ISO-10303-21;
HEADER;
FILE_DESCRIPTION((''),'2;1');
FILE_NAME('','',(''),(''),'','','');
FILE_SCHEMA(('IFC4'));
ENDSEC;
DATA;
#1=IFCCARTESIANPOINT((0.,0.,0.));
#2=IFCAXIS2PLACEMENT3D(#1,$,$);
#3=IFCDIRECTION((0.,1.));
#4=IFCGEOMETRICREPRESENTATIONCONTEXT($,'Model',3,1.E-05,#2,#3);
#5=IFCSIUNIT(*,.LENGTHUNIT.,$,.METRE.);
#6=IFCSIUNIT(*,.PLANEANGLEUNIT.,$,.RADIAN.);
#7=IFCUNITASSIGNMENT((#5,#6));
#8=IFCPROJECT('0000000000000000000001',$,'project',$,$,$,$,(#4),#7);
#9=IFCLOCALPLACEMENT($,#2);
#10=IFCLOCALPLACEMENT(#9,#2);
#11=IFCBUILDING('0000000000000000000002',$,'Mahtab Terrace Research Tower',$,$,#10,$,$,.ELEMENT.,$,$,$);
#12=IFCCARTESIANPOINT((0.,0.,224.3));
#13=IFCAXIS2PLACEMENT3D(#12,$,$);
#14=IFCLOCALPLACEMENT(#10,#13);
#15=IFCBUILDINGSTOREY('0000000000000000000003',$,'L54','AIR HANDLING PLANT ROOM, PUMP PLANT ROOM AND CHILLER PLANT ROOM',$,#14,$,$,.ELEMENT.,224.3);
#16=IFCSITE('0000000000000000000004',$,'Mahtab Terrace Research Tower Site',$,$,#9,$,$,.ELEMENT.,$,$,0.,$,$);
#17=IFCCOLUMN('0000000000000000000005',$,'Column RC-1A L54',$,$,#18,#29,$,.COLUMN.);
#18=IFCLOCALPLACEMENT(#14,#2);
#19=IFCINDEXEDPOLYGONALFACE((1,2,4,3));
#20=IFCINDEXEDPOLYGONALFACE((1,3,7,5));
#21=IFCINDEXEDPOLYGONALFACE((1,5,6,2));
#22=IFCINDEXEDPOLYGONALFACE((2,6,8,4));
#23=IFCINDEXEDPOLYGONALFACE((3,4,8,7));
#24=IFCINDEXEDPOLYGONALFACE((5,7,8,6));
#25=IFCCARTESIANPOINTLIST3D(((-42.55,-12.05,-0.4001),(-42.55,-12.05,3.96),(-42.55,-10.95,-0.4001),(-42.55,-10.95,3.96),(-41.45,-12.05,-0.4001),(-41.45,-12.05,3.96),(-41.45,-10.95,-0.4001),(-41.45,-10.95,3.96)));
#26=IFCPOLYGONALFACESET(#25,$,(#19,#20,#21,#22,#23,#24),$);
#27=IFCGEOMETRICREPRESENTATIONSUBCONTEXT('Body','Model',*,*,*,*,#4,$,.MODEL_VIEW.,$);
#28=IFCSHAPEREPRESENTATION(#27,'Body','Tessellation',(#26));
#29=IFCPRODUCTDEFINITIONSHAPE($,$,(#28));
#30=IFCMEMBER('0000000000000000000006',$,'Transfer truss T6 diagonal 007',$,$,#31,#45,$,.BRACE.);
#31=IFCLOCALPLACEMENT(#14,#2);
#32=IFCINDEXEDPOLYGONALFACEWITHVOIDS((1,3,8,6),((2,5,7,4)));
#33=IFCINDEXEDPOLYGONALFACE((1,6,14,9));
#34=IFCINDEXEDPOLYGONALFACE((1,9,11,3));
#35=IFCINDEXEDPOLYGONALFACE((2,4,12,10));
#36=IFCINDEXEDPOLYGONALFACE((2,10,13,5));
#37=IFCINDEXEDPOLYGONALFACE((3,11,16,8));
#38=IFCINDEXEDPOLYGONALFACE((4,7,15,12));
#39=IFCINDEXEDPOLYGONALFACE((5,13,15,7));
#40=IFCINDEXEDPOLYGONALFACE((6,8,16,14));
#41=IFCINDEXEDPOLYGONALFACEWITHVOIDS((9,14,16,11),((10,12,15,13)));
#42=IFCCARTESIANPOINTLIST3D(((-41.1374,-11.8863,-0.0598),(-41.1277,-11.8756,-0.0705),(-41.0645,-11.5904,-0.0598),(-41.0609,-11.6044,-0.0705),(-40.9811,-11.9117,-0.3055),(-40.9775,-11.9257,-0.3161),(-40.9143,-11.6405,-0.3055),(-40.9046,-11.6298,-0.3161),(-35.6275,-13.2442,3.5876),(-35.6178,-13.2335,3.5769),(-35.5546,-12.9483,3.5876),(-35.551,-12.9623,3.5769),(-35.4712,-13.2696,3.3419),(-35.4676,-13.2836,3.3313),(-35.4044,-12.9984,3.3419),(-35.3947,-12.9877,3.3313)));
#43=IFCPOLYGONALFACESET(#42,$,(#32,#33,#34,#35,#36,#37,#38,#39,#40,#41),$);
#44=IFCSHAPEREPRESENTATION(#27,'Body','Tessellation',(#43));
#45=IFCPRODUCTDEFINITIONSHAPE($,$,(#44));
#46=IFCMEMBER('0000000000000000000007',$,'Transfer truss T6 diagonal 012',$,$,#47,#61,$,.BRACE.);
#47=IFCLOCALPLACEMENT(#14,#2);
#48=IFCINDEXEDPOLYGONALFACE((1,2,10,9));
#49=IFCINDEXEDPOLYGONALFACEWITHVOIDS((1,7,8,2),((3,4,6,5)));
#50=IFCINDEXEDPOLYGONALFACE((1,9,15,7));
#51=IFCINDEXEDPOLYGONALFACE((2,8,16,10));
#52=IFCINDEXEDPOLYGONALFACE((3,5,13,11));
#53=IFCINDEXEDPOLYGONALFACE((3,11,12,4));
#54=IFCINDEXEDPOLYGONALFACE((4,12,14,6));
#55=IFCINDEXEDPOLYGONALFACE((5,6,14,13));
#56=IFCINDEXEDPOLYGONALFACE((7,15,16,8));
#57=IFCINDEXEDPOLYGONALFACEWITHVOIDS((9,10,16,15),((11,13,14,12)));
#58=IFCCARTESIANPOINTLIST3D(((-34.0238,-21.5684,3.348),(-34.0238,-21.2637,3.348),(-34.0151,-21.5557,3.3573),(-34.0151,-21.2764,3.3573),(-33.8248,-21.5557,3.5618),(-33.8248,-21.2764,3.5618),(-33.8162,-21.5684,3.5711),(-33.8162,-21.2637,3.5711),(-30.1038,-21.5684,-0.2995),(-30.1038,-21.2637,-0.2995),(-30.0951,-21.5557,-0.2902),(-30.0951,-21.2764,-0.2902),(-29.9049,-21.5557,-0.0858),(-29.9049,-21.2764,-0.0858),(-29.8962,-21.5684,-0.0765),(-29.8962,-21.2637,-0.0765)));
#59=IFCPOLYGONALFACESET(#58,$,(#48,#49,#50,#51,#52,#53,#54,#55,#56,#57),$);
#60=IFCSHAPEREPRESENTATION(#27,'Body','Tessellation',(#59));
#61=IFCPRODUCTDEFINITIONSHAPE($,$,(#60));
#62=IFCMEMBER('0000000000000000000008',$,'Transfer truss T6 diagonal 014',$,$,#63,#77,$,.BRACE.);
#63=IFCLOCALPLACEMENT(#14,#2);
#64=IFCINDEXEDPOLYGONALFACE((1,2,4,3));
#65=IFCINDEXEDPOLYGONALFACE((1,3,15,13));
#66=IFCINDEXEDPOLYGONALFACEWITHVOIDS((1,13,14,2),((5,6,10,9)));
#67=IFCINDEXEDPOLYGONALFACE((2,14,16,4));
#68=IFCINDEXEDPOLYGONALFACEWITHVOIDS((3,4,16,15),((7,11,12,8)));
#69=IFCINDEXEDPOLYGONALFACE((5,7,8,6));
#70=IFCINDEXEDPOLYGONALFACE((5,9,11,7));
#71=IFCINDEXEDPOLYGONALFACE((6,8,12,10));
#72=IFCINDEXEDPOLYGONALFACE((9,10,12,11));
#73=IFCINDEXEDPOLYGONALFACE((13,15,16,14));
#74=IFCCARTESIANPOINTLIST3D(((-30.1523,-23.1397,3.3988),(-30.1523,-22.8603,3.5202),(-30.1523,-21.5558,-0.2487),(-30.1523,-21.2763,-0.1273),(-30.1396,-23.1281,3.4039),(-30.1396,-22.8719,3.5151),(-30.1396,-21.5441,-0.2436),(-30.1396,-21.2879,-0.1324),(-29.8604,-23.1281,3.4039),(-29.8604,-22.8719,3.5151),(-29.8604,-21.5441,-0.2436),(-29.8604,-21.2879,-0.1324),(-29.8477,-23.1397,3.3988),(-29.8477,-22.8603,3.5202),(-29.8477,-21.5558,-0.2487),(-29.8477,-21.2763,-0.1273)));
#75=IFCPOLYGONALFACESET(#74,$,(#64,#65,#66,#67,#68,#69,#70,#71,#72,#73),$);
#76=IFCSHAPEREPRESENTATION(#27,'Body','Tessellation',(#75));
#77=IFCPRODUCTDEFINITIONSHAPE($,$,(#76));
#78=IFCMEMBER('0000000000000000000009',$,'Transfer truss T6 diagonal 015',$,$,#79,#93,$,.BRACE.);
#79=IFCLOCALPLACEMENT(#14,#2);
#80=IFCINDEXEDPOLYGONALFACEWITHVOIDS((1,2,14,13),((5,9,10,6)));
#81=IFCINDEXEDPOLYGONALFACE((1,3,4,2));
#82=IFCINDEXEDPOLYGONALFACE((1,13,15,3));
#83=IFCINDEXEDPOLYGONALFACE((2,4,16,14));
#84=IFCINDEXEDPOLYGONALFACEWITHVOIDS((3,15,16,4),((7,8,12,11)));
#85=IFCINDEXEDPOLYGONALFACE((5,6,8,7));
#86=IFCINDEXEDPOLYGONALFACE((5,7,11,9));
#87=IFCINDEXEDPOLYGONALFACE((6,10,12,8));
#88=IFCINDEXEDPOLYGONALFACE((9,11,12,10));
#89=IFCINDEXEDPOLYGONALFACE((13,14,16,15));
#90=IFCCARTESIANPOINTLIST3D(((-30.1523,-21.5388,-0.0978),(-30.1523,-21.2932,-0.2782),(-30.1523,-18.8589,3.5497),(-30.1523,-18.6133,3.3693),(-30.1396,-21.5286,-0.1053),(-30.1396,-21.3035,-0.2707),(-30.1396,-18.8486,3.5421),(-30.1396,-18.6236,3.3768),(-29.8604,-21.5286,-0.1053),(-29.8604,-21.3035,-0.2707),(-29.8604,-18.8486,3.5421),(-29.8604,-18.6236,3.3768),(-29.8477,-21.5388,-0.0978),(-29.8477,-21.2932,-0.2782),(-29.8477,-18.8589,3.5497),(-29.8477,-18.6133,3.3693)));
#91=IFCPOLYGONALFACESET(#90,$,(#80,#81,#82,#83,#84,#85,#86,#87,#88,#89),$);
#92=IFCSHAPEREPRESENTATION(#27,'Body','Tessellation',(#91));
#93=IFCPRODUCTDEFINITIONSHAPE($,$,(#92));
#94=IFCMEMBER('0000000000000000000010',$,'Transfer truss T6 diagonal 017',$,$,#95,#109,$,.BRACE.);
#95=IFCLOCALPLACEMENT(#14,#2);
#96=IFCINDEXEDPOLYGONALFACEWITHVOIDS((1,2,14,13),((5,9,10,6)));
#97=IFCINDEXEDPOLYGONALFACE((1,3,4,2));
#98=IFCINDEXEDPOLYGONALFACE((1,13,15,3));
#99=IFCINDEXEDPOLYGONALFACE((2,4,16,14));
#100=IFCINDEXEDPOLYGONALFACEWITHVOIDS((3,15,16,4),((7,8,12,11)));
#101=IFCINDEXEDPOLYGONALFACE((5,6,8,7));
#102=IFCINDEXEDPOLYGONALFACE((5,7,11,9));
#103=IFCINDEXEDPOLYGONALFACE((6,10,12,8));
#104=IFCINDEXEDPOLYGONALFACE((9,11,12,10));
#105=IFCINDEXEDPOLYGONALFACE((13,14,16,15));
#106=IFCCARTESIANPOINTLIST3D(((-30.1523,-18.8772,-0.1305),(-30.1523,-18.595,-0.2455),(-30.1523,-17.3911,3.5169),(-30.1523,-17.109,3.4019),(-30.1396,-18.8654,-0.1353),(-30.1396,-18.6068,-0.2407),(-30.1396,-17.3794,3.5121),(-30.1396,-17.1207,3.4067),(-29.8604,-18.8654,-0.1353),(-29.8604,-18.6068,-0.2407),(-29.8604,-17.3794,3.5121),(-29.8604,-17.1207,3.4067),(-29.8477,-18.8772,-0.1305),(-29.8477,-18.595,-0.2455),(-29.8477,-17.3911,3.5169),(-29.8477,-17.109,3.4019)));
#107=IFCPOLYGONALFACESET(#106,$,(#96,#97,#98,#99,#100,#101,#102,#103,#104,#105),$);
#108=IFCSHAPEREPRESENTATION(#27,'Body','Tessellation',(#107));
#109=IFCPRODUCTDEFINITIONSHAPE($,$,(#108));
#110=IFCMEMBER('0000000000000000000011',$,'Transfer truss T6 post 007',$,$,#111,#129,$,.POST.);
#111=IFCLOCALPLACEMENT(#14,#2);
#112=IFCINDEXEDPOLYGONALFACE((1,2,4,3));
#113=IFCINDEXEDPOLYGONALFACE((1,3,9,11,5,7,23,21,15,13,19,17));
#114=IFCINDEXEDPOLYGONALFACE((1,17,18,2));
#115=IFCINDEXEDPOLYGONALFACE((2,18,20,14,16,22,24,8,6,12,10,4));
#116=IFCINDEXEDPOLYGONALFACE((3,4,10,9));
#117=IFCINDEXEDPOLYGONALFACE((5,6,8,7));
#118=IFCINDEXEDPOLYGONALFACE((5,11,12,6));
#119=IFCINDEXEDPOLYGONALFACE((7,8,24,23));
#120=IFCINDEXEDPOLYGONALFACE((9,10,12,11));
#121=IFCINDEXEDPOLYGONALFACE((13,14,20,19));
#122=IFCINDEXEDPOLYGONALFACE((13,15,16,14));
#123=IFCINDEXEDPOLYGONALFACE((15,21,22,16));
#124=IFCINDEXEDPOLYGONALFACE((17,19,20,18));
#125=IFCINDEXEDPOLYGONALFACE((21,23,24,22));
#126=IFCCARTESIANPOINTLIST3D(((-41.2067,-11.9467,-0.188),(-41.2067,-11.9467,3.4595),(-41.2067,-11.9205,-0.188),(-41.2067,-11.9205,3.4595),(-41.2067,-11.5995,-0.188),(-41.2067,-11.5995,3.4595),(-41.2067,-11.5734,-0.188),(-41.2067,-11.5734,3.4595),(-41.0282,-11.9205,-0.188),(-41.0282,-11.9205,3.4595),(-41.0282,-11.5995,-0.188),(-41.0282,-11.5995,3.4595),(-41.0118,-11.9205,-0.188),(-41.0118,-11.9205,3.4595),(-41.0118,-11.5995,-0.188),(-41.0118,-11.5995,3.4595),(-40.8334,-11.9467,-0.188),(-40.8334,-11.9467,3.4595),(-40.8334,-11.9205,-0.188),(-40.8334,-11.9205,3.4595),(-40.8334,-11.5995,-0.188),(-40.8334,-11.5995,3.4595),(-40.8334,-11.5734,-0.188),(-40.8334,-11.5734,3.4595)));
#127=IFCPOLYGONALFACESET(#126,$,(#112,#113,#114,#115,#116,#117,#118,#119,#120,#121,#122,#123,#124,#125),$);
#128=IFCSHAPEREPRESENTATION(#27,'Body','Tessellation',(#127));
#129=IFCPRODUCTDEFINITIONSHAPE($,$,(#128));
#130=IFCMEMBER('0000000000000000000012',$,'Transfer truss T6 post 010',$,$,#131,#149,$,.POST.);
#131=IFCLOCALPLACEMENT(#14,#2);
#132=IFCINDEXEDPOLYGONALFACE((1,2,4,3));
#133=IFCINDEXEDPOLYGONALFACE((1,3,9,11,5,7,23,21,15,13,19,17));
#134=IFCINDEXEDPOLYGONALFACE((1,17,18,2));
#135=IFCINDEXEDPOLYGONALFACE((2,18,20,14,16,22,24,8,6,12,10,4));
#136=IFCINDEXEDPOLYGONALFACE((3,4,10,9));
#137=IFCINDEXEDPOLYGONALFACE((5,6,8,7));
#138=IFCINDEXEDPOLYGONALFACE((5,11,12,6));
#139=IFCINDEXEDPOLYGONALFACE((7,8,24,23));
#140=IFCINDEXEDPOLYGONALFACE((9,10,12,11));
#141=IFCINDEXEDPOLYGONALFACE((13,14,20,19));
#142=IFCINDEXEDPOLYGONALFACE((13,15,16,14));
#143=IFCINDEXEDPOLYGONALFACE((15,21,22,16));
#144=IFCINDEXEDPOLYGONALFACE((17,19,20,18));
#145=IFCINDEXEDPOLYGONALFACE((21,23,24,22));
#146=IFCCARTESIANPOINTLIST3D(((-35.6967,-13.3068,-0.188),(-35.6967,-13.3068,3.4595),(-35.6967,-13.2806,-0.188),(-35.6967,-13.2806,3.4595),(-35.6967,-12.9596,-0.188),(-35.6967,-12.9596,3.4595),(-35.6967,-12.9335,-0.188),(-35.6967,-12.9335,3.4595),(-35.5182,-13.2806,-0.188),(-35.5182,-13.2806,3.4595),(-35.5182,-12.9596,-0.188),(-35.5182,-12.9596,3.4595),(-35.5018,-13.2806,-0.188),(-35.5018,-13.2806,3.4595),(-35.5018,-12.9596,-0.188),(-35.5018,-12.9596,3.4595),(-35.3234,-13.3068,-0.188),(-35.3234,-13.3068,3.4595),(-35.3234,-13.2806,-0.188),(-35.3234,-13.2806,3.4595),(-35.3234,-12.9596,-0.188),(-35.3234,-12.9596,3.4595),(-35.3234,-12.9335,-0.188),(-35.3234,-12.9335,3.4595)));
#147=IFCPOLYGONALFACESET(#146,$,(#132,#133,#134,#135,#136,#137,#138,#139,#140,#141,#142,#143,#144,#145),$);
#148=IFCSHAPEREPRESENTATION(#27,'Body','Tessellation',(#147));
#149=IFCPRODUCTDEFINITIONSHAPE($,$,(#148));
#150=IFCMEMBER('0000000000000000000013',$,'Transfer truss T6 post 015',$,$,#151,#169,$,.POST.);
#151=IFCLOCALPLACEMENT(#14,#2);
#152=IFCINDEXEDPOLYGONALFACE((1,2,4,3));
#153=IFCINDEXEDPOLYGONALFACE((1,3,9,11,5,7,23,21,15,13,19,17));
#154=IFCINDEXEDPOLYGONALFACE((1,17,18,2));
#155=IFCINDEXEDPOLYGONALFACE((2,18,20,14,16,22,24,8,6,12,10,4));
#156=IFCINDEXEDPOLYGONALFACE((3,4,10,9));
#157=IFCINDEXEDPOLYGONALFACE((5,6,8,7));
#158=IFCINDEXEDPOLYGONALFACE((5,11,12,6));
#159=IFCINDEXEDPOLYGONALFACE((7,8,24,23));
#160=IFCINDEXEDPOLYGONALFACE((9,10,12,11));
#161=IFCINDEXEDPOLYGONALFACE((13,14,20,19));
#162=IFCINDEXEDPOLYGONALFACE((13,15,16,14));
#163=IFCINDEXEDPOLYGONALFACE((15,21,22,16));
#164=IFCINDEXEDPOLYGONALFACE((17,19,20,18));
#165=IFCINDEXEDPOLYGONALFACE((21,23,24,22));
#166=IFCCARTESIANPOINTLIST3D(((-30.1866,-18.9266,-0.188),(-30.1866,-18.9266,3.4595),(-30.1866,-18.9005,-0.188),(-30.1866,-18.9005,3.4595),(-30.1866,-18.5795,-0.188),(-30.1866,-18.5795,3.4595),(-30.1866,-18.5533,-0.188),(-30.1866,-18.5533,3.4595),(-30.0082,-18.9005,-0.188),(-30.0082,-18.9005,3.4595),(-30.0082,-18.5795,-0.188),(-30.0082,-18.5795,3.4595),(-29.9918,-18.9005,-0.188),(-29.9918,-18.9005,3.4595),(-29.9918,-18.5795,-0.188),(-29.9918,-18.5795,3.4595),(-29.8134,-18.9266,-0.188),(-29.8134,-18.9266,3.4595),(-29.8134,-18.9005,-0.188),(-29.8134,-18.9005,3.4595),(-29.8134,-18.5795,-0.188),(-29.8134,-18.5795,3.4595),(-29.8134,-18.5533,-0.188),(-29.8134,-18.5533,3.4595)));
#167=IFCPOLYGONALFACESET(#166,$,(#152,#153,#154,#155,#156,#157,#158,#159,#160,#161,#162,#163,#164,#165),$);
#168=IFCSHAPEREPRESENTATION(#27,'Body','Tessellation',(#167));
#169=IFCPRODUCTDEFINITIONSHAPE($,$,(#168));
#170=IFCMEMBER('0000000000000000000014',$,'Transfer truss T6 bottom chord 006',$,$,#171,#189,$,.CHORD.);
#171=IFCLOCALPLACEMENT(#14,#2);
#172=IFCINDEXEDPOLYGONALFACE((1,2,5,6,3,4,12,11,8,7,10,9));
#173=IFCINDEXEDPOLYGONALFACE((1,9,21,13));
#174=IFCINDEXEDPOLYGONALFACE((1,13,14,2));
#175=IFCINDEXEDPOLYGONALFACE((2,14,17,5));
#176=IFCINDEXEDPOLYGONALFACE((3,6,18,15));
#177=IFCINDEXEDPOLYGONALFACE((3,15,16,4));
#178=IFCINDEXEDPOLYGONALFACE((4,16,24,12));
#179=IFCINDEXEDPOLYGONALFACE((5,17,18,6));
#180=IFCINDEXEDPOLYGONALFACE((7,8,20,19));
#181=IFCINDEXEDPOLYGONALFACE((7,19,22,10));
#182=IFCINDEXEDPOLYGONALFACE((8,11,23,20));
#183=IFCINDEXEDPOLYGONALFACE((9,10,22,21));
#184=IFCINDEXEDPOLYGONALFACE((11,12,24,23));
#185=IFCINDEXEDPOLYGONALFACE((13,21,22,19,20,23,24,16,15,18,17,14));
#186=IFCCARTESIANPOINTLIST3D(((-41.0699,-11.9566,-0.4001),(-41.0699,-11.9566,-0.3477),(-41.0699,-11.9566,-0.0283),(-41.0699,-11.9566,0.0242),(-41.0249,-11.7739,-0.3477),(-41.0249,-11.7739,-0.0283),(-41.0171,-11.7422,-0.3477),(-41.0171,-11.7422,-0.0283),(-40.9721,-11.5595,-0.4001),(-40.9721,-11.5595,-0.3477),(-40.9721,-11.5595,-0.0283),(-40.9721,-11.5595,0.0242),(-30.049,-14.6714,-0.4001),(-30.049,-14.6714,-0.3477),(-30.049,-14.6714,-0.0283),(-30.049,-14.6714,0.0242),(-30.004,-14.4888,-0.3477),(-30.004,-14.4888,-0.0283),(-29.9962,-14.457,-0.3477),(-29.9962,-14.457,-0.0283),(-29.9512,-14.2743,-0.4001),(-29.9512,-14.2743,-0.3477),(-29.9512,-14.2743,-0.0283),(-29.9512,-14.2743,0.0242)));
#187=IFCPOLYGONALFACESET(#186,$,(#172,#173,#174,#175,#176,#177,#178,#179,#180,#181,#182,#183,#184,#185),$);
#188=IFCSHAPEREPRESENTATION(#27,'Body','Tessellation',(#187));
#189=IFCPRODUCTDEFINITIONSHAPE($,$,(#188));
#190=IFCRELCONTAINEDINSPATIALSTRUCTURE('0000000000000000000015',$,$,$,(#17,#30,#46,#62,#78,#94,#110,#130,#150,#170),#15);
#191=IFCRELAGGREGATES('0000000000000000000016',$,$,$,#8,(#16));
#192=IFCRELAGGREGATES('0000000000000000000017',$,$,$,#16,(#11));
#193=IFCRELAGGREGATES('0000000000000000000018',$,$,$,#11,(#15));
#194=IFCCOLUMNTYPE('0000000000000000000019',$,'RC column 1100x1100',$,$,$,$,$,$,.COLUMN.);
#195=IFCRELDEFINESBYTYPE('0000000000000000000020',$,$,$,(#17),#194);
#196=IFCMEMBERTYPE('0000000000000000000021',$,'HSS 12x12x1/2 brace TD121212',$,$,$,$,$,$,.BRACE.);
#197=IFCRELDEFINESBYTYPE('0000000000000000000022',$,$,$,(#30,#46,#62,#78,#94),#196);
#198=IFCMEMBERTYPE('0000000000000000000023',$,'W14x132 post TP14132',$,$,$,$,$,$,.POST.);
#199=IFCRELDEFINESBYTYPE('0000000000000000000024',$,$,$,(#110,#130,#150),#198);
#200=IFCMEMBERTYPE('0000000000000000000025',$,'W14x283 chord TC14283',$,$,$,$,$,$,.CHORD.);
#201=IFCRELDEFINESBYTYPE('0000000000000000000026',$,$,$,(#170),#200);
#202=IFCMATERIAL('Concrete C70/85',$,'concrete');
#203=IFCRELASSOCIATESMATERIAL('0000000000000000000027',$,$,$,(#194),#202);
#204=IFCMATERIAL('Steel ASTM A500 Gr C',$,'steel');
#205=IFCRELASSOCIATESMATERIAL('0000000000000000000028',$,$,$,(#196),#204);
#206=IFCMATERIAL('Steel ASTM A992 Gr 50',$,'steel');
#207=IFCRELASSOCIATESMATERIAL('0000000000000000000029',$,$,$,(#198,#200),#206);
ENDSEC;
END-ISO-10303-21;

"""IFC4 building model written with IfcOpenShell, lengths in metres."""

from ifc_helpers import new_model, si_unit, direction, frame, origin, origin_2d, place, context, subcontext, project, spatial, rectangle, hollow_rectangle, i_section, extrude, material, material_profile, profile_set, type_object, element, save


model = new_model("IFC4")

# Units and contexts
model_context = context("Model", 3, precision=1e-05, world=origin(), true_north=direction((0.0, 1.0)))
body_context = subcontext(model_context, "Body", "Model", "MODEL_VIEW")
ifc_project = project(units=[si_unit("LENGTHUNIT", "METRE"), si_unit("PLANEANGLEUNIT", "RADIAN")], contexts=[model_context])

# Site, building, storey
site_placement = place(None, origin())
site = spatial("IfcSite", under=ifc_project, at=site_placement, Name="Mahtab Terrace Research Tower Site", CompositionType="ELEMENT", RefElevation=0.0)
building_placement = place(site_placement, origin())
building = spatial("IfcBuilding", under=site, at=building_placement, Name="Mahtab Terrace Research Tower", CompositionType="ELEMENT")
storey_placement = place(building_placement, frame((0.0, 0.0, 224.3)))
storey = spatial("IfcBuildingStorey", under=building, at=storey_placement, Name="L54", Description="AIR HANDLING PLANT ROOM, PUMP PLANT ROOM AND CHILLER PLANT ROOM", CompositionType="ELEMENT", Elevation=224.3)

# Column
ifc_material_1 = material(Name="Concrete C70/85", Category="concrete")
ifc_material_profile_1 = material_profile(ifc_material_1, rectangle(XDim=1.1001, YDim=1.1001, at=origin_2d()), Name="RC column 1100x1100")
ifc_profile_set_1 = profile_set([ifc_material_profile_1], Name="Concrete C70/85")
column_type = type_object("IfcColumnType", Name="RC column 1100x1100", PredefinedType="COLUMN", material=ifc_profile_set_1)
column_placement = place(storey_placement, frame((-42.0, -11.5, -0.4001), z_axis=(0.0, 0.0, 1.0), x_axis=(1.0, 0.0, 0.0)))
element("IfcColumn", 1, at=column_placement, inside=storey, type_object=column_type, Name="Column RC-1A L54", PredefinedType="COLUMN", context=body_context, shape_type="SweptSolid", body=[
    extrude(rectangle(XDim=1.1001, YDim=1.1001, at=origin_2d()), origin(), (0.0, 0.0, 1.0), 4.3601),
])

# Members
ifc_material_2 = material(Name="Steel ASTM A500 Gr C", Category="steel")
ifc_material_profile_2 = material_profile(ifc_material_2, hollow_rectangle(XDim=0.3047, YDim=0.3047, WallThickness=0.0127, at=origin_2d()), Name="HSS12X12X1/2")
ifc_profile_set_2 = profile_set([ifc_material_profile_2], Name="Steel ASTM A500 Gr C")
member_type_1 = type_object("IfcMemberType", Name="HSS 12x12x1/2 brace TD121212", PredefinedType="BRACE", material=ifc_profile_set_2)
member_1_placement = place(storey_placement, frame((-41.021, -11.7581, -0.188), z_axis=(0.816786, -0.201292, 0.540687), x_axis=(0.239285, 0.970949, 0.0)))
element("IfcMember", 2, at=member_1_placement, inside=storey, type_object=member_type_1, Name="Transfer truss T6 diagonal 007", PredefinedType="BRACE", context=body_context, shape_type="SweptSolid", body=[
    extrude(hollow_rectangle(XDim=0.3047, YDim=0.3047, WallThickness=0.0127, at=origin_2d()), origin(), (0.0, 0.0, 1.0), 6.7458),
])
member_2_placement = place(storey_placement, frame((-30.0, -21.416, -0.188), z_axis=(-0.732092, 0.0, 0.681206), x_axis=(0.0, -1.0, 0.0)))
element("IfcMember", 3, at=member_2_placement, inside=storey, type_object=member_type_1, Name="Transfer truss T6 diagonal 012", PredefinedType="BRACE", context=body_context, shape_type="SweptSolid", body=[
    extrude(hollow_rectangle(XDim=0.3047, YDim=0.3047, WallThickness=0.0127, at=origin_2d()), origin(), (0.0, 0.0, 1.0), 5.3545),
])
member_3_placement = place(storey_placement, frame((-30.0, -21.416, -0.188), z_axis=(0.0, -0.398331, 0.917242), x_axis=(1.0, 0.0, 0.0)))
element("IfcMember", 4, at=member_3_placement, inside=storey, type_object=member_type_1, Name="Transfer truss T6 diagonal 014", PredefinedType="BRACE", context=body_context, shape_type="SweptSolid", body=[
    extrude(hollow_rectangle(XDim=0.3047, YDim=0.3047, WallThickness=0.0127, at=origin_2d()), origin(), (0.0, 0.0, 1.0), 3.9766),
])
member_4_placement = place(storey_placement, frame((-30.0, -21.416, -0.188), z_axis=(0.0, 0.5921, 0.805864), x_axis=(-1.0, 0.0, 0.0)))
element("IfcMember", 5, at=member_4_placement, inside=storey, type_object=member_type_1, Name="Transfer truss T6 diagonal 015", PredefinedType="BRACE", context=body_context, shape_type="SweptSolid", body=[
    extrude(hollow_rectangle(XDim=0.3047, YDim=0.3047, WallThickness=0.0127, at=origin_2d()), origin(), (0.0, 0.0, 1.0), 4.5261),
])
member_5_placement = place(storey_placement, frame((-30.0, -18.7361, -0.188), z_axis=(0.0, 0.377315, 0.926085), x_axis=(-1.0, 0.0, 0.0)))
element("IfcMember", 6, at=member_5_placement, inside=storey, type_object=member_type_1, Name="Transfer truss T6 diagonal 017", PredefinedType="BRACE", context=body_context, shape_type="SweptSolid", body=[
    extrude(hollow_rectangle(XDim=0.3047, YDim=0.3047, WallThickness=0.0127, at=origin_2d()), origin(), (0.0, 0.0, 1.0), 3.9385),
])
ifc_material_3 = material(Name="Steel ASTM A992 Gr 50", Category="steel")
ifc_material_profile_3 = material_profile(ifc_material_3, i_section(OverallWidth=0.3733, OverallDepth=0.3733, WebThickness=0.0164, FlangeThickness=0.0261, at=origin_2d()), Name="W14X132")
ifc_profile_set_3 = profile_set([ifc_material_profile_3], Name="Steel ASTM A992 Gr 50")
member_type_2 = type_object("IfcMemberType", Name="W14x132 post TP14132", PredefinedType="POST", material=ifc_profile_set_3)
for number, where, z_axis, x_axis, name in (
    (7, (-41.02, -11.76, -0.188), (0.0, 0.0, 1.0), (1.0, 0.0, 0.0), "Transfer truss T6 post 007"),
    (8, (-35.51, -13.1201, -0.188), (0.0, 0.0, 1.0), (1.0, 0.0, 0.0), "Transfer truss T6 post 010"),
    (9, (-30.0, -18.74, -0.188), (0.0, 0.0, 1.0), (1.0, 0.0, 0.0), "Transfer truss T6 post 015"),
):
    element("IfcMember", number, at=place(storey_placement, frame(where, z_axis=z_axis, x_axis=x_axis)), inside=storey, type_object=member_type_2, Name=name, PredefinedType="POST", context=body_context, shape_type="SweptSolid", body=[
        extrude(i_section(OverallWidth=0.3733, OverallDepth=0.3733, WebThickness=0.0164, FlangeThickness=0.0261, at=origin_2d()), origin(), (0.0, 0.0, 1.0), 3.6475),
    ])
ifc_material_profile_4 = material_profile(ifc_material_3, i_section(OverallWidth=0.4089, OverallDepth=0.4243, WebThickness=0.0327, FlangeThickness=0.0525, at=origin_2d()), Name="W14X283")
ifc_profile_set_4 = profile_set([ifc_material_profile_4], Name="Steel ASTM A992 Gr 50")
member_type_3 = type_object("IfcMemberType", Name="W14x283 chord TC14283", PredefinedType="CHORD", material=ifc_profile_set_4)
member_6_placement = place(storey_placement, frame((-41.021, -11.7581, -0.188), z_axis=(0.970974, -0.239184, 0.0), x_axis=(0.239184, 0.970974, 0.0)))
element("IfcMember", 10, at=member_6_placement, inside=storey, type_object=member_type_3, Name="Transfer truss T6 bottom chord 006", PredefinedType="CHORD", context=body_context, shape_type="SweptSolid", body=[
    extrude(i_section(OverallWidth=0.4089, OverallDepth=0.4243, WebThickness=0.0327, FlangeThickness=0.0525, at=origin_2d()), origin(), (0.0, 0.0, 1.0), 11.3503),
])

save(model, "model.ifc")
